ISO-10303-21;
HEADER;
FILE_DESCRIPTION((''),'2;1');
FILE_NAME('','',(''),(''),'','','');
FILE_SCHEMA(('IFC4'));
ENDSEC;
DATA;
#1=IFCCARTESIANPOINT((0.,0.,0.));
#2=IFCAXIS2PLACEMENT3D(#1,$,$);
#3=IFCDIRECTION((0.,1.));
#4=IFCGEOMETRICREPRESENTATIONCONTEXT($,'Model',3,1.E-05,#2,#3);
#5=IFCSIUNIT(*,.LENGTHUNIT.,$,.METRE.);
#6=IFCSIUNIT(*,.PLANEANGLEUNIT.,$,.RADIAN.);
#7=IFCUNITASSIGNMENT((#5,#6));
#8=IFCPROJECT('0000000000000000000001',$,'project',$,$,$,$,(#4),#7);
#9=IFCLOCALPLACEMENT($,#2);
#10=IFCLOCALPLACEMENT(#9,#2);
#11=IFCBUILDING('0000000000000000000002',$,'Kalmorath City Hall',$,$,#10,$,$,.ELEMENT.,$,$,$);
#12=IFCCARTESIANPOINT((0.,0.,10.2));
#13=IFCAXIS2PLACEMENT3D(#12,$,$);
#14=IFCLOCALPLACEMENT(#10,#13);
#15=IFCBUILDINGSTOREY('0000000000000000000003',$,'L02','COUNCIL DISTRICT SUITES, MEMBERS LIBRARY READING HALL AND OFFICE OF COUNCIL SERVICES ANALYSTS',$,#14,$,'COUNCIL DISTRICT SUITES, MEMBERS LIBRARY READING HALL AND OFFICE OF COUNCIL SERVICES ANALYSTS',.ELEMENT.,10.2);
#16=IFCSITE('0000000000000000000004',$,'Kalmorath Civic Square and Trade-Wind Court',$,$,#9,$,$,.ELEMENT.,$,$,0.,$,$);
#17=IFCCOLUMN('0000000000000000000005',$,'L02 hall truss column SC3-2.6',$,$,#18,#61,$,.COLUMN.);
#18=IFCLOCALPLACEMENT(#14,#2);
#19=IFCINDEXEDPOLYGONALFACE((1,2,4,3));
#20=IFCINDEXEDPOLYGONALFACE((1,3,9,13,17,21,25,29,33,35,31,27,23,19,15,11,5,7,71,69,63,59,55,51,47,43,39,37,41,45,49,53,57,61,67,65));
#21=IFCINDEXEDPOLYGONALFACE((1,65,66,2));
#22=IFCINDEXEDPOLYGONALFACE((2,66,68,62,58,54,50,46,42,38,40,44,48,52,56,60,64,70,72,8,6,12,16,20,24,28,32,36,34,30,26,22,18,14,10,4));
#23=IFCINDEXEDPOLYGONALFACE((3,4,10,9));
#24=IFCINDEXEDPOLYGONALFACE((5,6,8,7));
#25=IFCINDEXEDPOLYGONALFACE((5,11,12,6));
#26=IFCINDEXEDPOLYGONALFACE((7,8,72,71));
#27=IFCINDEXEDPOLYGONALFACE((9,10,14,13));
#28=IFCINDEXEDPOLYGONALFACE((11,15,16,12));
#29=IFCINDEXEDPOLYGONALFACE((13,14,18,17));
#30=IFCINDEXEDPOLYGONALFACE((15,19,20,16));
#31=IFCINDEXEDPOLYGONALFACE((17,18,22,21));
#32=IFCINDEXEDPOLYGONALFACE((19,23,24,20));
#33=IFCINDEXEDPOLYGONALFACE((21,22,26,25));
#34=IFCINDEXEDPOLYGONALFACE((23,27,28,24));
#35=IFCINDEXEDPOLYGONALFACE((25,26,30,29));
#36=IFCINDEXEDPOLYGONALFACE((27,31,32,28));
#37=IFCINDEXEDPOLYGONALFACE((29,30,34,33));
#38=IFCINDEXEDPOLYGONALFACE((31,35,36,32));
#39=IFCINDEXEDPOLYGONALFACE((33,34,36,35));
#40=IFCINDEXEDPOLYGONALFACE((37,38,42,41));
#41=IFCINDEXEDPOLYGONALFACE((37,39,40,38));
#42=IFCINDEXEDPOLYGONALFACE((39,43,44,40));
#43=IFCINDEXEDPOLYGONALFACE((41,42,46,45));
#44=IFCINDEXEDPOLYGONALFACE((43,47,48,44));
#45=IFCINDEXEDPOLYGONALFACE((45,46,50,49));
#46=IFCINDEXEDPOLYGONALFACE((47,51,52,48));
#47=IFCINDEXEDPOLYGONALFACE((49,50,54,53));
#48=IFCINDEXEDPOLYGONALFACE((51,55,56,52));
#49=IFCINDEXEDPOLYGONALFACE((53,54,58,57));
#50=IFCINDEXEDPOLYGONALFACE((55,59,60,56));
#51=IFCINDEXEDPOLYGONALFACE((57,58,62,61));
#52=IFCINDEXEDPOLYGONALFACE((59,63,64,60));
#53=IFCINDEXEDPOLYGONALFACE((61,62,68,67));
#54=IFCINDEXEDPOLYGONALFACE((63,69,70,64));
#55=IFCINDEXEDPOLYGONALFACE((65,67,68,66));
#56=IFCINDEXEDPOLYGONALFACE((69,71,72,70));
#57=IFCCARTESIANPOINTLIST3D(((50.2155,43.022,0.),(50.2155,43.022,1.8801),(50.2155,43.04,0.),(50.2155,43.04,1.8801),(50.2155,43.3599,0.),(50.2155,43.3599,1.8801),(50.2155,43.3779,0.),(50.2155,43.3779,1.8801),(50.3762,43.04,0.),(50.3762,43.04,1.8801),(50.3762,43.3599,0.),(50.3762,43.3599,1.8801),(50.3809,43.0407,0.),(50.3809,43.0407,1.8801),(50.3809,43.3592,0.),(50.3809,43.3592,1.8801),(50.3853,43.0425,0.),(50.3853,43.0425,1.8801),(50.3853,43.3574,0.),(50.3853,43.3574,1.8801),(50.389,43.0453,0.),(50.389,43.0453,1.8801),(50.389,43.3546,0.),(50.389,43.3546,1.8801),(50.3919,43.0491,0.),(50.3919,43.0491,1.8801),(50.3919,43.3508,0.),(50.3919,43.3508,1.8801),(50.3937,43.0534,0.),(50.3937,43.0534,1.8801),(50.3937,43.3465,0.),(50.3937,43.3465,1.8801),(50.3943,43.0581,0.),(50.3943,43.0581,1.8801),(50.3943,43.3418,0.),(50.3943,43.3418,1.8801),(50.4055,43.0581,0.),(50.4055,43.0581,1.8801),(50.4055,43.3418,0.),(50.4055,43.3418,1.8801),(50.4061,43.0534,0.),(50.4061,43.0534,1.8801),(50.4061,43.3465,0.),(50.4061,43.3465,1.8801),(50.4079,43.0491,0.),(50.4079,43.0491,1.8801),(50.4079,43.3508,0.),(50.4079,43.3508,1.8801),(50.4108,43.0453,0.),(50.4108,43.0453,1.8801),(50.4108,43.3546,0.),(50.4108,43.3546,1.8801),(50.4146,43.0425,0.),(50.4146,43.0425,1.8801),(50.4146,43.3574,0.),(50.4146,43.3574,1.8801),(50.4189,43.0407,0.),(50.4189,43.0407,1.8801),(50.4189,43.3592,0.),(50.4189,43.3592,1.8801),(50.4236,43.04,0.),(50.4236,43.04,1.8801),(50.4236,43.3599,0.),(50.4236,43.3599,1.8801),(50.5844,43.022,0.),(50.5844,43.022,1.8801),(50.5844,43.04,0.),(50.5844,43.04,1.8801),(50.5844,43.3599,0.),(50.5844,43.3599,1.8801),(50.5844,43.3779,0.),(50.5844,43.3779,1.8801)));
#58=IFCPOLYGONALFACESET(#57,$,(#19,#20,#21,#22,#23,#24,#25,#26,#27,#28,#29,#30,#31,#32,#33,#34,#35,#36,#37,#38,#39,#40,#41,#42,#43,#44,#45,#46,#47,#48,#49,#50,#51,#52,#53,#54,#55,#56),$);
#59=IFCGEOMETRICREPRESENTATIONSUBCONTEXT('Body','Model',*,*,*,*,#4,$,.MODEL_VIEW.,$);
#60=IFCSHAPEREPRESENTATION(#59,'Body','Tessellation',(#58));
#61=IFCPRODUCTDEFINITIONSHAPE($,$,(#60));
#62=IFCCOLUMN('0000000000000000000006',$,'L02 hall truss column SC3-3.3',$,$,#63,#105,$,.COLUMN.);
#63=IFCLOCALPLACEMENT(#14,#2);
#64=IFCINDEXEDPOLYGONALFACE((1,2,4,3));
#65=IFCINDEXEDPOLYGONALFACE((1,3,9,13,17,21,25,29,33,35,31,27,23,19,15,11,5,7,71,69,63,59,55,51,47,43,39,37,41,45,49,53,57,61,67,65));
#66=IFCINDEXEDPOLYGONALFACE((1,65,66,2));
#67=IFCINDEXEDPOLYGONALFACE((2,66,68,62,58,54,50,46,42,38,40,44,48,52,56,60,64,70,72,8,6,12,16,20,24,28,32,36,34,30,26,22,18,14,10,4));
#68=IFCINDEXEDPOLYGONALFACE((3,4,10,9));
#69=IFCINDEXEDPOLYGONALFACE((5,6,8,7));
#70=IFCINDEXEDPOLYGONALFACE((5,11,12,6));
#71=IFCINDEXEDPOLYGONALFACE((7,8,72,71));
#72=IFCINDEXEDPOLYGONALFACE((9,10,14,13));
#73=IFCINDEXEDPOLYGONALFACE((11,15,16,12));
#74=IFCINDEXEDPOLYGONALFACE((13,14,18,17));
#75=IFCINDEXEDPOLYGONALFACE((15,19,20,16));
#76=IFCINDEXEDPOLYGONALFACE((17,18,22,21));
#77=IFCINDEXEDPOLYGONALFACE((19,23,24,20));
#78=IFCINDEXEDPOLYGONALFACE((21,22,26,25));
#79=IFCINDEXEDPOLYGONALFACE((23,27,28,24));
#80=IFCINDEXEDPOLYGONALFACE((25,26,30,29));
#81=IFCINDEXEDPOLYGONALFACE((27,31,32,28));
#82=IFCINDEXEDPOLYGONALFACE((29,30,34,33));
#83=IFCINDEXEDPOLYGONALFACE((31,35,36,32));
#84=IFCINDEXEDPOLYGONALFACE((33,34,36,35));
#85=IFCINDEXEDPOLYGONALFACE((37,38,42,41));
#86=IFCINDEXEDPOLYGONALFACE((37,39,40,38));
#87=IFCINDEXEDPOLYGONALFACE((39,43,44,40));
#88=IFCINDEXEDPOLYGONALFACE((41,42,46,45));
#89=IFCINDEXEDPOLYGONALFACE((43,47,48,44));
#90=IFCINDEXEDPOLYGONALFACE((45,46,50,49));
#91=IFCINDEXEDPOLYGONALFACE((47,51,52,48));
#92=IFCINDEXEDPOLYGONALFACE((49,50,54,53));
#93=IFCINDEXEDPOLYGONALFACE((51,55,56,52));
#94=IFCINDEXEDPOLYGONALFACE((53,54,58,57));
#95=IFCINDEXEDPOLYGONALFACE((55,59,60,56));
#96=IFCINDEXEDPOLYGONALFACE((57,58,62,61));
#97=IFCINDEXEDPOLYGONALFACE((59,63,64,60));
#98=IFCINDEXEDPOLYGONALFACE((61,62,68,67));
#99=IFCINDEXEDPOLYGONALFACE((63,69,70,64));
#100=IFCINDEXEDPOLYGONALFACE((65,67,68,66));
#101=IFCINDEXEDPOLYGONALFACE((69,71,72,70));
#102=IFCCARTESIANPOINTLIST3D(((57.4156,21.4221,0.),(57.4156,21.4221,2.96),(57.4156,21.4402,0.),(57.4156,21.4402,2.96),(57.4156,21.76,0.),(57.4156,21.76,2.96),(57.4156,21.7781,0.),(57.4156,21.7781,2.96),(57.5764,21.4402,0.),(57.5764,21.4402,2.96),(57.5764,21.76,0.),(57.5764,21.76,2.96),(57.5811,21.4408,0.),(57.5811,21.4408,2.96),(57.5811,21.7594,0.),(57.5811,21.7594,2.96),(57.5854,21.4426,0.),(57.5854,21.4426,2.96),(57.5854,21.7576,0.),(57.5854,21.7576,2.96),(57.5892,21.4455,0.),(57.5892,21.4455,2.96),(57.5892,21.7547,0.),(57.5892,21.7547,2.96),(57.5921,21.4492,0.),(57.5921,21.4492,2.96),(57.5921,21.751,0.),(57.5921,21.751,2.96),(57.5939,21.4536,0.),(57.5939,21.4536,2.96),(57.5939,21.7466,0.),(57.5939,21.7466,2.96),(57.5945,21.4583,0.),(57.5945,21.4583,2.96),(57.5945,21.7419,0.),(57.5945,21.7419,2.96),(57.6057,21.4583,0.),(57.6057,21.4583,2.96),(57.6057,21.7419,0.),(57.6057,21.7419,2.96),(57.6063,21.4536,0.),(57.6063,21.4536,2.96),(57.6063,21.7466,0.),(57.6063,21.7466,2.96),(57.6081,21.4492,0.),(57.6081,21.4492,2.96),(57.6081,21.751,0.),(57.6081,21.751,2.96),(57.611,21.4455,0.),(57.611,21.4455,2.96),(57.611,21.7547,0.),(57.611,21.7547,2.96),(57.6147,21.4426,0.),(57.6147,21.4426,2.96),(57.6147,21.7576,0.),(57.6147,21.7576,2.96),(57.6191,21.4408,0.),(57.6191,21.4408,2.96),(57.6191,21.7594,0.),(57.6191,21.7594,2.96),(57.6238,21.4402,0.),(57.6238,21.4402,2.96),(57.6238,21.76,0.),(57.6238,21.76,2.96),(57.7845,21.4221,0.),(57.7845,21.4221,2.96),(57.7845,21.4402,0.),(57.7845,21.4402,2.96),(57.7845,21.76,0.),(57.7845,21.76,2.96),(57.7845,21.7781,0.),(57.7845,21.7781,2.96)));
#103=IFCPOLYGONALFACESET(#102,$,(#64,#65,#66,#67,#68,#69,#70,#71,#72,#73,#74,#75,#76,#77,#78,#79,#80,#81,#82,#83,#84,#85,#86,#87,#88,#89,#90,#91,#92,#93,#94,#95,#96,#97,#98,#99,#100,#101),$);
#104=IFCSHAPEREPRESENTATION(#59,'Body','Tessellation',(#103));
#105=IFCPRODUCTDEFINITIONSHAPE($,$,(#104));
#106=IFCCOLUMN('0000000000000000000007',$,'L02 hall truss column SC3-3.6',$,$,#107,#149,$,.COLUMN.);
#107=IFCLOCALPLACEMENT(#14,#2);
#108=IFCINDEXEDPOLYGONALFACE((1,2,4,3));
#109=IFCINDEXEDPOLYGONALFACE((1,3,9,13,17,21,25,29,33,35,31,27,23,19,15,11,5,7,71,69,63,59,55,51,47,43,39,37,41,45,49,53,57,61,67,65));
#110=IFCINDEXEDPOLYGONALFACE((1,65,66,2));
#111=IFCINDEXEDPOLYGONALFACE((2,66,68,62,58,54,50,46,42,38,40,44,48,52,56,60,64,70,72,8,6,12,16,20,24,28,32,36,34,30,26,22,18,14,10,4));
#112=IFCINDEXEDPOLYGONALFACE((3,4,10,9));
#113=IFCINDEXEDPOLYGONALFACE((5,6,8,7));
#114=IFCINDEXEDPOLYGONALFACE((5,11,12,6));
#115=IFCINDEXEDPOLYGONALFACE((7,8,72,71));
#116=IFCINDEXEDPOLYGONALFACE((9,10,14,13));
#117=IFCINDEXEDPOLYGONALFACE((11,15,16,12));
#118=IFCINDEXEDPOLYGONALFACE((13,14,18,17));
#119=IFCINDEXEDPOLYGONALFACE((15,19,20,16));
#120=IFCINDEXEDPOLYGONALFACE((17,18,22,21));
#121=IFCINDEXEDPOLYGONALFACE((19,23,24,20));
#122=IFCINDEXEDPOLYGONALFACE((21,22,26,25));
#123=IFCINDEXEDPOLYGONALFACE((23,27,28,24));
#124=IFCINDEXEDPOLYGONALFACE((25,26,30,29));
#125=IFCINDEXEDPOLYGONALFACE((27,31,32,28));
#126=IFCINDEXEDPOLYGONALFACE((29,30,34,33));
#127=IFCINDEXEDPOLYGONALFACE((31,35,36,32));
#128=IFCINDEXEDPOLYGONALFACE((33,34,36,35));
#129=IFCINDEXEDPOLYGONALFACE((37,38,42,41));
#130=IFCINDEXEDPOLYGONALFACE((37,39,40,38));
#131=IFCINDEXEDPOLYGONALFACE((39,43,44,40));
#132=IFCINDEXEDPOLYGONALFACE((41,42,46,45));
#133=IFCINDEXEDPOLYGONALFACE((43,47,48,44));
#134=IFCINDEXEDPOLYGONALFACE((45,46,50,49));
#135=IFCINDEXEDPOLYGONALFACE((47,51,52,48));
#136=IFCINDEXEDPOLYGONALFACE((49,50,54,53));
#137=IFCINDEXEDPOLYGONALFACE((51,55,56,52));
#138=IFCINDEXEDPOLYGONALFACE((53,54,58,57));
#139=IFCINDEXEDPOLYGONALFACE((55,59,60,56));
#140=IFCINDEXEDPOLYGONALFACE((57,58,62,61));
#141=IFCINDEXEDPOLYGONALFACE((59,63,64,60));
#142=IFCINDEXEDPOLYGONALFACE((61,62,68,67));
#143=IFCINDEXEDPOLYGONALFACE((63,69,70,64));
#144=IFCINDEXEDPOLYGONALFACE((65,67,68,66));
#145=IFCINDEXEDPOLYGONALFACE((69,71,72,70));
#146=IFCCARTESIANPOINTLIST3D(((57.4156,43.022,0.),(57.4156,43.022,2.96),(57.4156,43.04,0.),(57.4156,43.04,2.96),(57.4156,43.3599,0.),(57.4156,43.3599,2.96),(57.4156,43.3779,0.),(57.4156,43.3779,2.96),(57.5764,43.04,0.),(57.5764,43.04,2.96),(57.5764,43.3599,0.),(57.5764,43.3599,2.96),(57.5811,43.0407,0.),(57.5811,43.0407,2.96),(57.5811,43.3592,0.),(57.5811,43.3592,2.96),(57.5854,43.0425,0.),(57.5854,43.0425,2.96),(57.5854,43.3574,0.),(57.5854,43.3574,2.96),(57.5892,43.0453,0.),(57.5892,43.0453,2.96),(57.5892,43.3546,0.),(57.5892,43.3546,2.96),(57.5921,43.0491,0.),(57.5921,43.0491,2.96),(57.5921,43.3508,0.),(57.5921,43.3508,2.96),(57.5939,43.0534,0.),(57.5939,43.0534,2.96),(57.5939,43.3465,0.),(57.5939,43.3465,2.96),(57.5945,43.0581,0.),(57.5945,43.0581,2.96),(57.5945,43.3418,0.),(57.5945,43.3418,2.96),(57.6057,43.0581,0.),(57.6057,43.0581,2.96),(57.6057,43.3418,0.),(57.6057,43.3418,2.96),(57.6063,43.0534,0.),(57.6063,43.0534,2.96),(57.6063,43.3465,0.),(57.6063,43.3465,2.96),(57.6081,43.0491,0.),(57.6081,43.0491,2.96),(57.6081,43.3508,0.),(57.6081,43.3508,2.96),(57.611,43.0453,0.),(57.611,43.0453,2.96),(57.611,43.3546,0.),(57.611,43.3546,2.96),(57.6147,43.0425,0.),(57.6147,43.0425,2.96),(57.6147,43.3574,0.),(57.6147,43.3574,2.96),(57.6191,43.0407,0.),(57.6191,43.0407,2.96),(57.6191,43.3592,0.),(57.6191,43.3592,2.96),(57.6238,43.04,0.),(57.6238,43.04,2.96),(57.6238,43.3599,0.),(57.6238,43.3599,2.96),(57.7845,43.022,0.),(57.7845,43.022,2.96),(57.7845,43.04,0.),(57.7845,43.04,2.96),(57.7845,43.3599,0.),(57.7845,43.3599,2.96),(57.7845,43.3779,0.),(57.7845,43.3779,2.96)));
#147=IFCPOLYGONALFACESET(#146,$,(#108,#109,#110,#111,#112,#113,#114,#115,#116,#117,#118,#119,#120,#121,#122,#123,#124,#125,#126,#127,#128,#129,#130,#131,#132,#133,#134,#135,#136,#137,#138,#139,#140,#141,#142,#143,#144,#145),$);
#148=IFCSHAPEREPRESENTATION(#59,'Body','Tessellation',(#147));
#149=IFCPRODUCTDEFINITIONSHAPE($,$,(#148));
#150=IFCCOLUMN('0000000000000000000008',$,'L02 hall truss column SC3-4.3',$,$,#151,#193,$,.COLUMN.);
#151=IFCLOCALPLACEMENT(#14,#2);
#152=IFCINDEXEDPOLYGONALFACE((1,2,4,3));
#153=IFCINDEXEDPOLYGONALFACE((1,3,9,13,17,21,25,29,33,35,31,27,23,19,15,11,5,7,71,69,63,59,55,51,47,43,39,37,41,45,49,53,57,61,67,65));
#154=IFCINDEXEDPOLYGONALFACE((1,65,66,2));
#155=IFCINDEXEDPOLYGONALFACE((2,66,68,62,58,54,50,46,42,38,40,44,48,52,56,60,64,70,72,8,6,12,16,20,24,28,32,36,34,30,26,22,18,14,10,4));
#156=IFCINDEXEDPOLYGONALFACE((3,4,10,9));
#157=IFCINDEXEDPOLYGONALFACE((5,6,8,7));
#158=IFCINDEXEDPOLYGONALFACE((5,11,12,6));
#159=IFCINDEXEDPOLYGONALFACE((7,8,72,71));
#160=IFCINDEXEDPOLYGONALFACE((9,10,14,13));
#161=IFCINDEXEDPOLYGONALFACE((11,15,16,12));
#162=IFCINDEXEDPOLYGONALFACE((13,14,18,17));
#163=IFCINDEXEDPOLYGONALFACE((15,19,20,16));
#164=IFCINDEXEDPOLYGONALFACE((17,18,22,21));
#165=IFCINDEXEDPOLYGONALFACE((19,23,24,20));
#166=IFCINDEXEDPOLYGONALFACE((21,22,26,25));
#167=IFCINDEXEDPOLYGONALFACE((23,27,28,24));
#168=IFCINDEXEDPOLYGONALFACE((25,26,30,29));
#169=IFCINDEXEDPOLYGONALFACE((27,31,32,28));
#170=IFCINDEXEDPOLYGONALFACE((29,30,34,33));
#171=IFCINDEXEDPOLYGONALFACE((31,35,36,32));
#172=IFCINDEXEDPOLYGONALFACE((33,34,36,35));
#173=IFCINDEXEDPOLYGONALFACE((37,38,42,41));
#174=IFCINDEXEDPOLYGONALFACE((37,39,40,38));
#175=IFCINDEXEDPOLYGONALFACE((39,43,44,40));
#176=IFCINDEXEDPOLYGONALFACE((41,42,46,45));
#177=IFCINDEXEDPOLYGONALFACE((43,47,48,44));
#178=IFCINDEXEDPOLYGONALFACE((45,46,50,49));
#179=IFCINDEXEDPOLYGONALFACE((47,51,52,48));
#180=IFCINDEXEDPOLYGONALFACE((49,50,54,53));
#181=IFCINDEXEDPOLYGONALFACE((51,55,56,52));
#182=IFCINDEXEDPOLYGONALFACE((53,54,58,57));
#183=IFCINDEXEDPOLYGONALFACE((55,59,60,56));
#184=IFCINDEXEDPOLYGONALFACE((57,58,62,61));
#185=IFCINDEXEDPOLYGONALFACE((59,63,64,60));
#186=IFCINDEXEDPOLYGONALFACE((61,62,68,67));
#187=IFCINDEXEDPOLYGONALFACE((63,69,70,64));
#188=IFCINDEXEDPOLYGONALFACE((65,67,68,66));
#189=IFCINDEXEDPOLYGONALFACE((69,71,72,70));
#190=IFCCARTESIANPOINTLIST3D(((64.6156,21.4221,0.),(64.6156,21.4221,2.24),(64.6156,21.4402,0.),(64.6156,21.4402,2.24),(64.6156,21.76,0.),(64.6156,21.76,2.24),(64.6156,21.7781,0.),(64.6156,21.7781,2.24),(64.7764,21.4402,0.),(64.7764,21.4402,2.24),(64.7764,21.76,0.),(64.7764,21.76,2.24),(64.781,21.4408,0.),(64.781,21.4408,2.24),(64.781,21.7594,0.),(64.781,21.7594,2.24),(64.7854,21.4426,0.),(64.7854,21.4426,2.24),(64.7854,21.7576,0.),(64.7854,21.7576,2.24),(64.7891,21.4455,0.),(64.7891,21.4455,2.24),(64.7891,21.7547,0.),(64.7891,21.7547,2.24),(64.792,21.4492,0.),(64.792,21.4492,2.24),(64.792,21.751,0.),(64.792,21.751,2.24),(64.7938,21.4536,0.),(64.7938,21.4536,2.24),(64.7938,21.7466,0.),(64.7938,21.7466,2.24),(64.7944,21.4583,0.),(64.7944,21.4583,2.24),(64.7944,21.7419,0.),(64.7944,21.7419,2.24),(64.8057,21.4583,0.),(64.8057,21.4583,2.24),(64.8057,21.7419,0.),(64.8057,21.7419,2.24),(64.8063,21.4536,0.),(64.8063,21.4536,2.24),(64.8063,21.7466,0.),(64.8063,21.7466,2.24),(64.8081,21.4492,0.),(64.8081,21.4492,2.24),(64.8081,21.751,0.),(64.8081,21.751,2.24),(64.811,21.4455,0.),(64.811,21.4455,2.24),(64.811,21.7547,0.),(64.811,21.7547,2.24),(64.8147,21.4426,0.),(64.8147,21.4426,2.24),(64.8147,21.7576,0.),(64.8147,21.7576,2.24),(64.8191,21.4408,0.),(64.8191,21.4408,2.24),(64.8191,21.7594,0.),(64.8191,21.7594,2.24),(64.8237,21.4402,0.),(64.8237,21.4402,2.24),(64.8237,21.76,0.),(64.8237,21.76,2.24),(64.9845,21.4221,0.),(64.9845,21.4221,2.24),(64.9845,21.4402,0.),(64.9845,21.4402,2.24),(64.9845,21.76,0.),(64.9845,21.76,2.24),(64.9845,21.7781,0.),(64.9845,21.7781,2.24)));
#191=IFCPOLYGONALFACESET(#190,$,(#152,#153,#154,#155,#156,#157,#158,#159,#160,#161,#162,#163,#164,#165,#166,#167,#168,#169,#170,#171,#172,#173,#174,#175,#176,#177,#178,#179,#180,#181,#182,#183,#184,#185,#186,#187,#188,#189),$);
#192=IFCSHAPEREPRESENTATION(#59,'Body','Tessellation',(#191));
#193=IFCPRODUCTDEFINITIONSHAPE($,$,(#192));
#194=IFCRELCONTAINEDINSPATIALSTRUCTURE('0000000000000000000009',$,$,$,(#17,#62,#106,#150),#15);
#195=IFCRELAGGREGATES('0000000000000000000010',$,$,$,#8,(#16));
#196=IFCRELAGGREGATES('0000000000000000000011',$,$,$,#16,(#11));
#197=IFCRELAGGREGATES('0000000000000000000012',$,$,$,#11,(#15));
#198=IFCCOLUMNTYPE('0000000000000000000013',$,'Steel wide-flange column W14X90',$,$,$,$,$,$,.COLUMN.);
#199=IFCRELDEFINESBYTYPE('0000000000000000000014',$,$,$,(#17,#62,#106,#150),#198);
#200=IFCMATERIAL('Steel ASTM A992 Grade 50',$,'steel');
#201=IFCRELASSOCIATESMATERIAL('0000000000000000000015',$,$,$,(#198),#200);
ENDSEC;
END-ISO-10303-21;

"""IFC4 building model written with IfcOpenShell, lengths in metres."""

from ifc_helpers import new_model, si_unit, direction, frame, origin, origin_2d, place, context, subcontext, project, spatial, i_section, extrude, material, material_profile, profile_set, type_object, element, save


model = new_model("IFC4")

# Units and contexts
model_context = context("Model", 3, precision=1e-05, world=origin(), true_north=direction((0.0, 1.0)))
body_context = subcontext(model_context, "Body", "Model", "MODEL_VIEW")
ifc_project = project(units=[si_unit("LENGTHUNIT", "METRE"), si_unit("PLANEANGLEUNIT", "RADIAN")], contexts=[model_context])

# Site, building, storey
site_placement = place(None, origin())
site = spatial("IfcSite", under=ifc_project, at=site_placement, Name="Kalmorath Civic Square and Trade-Wind Court", CompositionType="ELEMENT", RefElevation=0.0)
building_placement = place(site_placement, origin())
building = spatial("IfcBuilding", under=site, at=building_placement, Name="Kalmorath City Hall", CompositionType="ELEMENT")
storey_placement = place(building_placement, frame((0.0, 0.0, 10.2)))
storey = spatial("IfcBuildingStorey", under=building, at=storey_placement, Name="L02", Description="COUNCIL DISTRICT SUITES, MEMBERS LIBRARY READING HALL AND OFFICE OF COUNCIL SERVICES ANALYSTS", LongName="COUNCIL DISTRICT SUITES, MEMBERS LIBRARY READING HALL AND OFFICE OF COUNCIL SERVICES ANALYSTS", CompositionType="ELEMENT", Elevation=10.2)

# Columns
ifc_material_1 = material(Name="Steel ASTM A992 Grade 50", Category="steel")
ifc_material_profile_1 = material_profile(ifc_material_1, i_section(OverallWidth=0.3689, OverallDepth=0.356, WebThickness=0.0112, FlangeThickness=0.0181, FilletRadius=0.0181, at=origin_2d()), Name="W14X90")
ifc_profile_set_1 = profile_set([ifc_material_profile_1], Name="Steel ASTM A992 Grade 50")
column_type = type_object("IfcColumnType", Name="Steel wide-flange column W14X90", PredefinedType="COLUMN", material=ifc_profile_set_1)
column_placement = place(storey_placement, frame((50.3999, 43.2, 0.0), z_axis=(0.0, 0.0, 1.0), x_axis=(1.0, 0.0, 0.0)))
element("IfcColumn", 1, at=column_placement, inside=storey, type_object=column_type, Name="L02 hall truss column SC3-2.6", PredefinedType="COLUMN", context=body_context, shape_type="SweptSolid", body=[
    extrude(i_section(OverallWidth=0.3689, OverallDepth=0.356, WebThickness=0.0112, FlangeThickness=0.0181, FilletRadius=0.0181, at=origin_2d()), origin(), (0.0, 0.0, 1.0), 1.8801),
])
for number, where, z_axis, x_axis, name in (
    (2, (57.6001, 21.6001, 0.0), (0.0, 0.0, 1.0), (1.0, 0.0, 0.0), "L02 hall truss column SC3-3.3"),
    (3, (57.6001, 43.2, 0.0), (0.0, 0.0, 1.0), (1.0, 0.0, 0.0), "L02 hall truss column SC3-3.6"),
):
    element("IfcColumn", number, at=place(storey_placement, frame(where, z_axis=z_axis, x_axis=x_axis)), inside=storey, type_object=column_type, Name=name, PredefinedType="COLUMN", context=body_context, shape_type="SweptSolid", body=[
        extrude(i_section(OverallWidth=0.3689, OverallDepth=0.356, WebThickness=0.0112, FlangeThickness=0.0181, FilletRadius=0.0181, at=origin_2d()), origin(), (0.0, 0.0, 1.0), 2.96),
    ])
for number, where, z_axis, x_axis, name in (
    (4, (64.8, 21.6001, 0.0), (0.0, 0.0, 1.0), (1.0, 0.0, 0.0), "L02 hall truss column SC3-4.3"),
):
    element("IfcColumn", number, at=place(storey_placement, frame(where, z_axis=z_axis, x_axis=x_axis)), inside=storey, type_object=column_type, Name=name, PredefinedType="COLUMN", context=body_context, shape_type="SweptSolid", body=[
        extrude(i_section(OverallWidth=0.3689, OverallDepth=0.356, WebThickness=0.0112, FlangeThickness=0.0181, FilletRadius=0.0181, at=origin_2d()), origin(), (0.0, 0.0, 1.0), 2.24),
    ])

save(model, "model.ifc")
